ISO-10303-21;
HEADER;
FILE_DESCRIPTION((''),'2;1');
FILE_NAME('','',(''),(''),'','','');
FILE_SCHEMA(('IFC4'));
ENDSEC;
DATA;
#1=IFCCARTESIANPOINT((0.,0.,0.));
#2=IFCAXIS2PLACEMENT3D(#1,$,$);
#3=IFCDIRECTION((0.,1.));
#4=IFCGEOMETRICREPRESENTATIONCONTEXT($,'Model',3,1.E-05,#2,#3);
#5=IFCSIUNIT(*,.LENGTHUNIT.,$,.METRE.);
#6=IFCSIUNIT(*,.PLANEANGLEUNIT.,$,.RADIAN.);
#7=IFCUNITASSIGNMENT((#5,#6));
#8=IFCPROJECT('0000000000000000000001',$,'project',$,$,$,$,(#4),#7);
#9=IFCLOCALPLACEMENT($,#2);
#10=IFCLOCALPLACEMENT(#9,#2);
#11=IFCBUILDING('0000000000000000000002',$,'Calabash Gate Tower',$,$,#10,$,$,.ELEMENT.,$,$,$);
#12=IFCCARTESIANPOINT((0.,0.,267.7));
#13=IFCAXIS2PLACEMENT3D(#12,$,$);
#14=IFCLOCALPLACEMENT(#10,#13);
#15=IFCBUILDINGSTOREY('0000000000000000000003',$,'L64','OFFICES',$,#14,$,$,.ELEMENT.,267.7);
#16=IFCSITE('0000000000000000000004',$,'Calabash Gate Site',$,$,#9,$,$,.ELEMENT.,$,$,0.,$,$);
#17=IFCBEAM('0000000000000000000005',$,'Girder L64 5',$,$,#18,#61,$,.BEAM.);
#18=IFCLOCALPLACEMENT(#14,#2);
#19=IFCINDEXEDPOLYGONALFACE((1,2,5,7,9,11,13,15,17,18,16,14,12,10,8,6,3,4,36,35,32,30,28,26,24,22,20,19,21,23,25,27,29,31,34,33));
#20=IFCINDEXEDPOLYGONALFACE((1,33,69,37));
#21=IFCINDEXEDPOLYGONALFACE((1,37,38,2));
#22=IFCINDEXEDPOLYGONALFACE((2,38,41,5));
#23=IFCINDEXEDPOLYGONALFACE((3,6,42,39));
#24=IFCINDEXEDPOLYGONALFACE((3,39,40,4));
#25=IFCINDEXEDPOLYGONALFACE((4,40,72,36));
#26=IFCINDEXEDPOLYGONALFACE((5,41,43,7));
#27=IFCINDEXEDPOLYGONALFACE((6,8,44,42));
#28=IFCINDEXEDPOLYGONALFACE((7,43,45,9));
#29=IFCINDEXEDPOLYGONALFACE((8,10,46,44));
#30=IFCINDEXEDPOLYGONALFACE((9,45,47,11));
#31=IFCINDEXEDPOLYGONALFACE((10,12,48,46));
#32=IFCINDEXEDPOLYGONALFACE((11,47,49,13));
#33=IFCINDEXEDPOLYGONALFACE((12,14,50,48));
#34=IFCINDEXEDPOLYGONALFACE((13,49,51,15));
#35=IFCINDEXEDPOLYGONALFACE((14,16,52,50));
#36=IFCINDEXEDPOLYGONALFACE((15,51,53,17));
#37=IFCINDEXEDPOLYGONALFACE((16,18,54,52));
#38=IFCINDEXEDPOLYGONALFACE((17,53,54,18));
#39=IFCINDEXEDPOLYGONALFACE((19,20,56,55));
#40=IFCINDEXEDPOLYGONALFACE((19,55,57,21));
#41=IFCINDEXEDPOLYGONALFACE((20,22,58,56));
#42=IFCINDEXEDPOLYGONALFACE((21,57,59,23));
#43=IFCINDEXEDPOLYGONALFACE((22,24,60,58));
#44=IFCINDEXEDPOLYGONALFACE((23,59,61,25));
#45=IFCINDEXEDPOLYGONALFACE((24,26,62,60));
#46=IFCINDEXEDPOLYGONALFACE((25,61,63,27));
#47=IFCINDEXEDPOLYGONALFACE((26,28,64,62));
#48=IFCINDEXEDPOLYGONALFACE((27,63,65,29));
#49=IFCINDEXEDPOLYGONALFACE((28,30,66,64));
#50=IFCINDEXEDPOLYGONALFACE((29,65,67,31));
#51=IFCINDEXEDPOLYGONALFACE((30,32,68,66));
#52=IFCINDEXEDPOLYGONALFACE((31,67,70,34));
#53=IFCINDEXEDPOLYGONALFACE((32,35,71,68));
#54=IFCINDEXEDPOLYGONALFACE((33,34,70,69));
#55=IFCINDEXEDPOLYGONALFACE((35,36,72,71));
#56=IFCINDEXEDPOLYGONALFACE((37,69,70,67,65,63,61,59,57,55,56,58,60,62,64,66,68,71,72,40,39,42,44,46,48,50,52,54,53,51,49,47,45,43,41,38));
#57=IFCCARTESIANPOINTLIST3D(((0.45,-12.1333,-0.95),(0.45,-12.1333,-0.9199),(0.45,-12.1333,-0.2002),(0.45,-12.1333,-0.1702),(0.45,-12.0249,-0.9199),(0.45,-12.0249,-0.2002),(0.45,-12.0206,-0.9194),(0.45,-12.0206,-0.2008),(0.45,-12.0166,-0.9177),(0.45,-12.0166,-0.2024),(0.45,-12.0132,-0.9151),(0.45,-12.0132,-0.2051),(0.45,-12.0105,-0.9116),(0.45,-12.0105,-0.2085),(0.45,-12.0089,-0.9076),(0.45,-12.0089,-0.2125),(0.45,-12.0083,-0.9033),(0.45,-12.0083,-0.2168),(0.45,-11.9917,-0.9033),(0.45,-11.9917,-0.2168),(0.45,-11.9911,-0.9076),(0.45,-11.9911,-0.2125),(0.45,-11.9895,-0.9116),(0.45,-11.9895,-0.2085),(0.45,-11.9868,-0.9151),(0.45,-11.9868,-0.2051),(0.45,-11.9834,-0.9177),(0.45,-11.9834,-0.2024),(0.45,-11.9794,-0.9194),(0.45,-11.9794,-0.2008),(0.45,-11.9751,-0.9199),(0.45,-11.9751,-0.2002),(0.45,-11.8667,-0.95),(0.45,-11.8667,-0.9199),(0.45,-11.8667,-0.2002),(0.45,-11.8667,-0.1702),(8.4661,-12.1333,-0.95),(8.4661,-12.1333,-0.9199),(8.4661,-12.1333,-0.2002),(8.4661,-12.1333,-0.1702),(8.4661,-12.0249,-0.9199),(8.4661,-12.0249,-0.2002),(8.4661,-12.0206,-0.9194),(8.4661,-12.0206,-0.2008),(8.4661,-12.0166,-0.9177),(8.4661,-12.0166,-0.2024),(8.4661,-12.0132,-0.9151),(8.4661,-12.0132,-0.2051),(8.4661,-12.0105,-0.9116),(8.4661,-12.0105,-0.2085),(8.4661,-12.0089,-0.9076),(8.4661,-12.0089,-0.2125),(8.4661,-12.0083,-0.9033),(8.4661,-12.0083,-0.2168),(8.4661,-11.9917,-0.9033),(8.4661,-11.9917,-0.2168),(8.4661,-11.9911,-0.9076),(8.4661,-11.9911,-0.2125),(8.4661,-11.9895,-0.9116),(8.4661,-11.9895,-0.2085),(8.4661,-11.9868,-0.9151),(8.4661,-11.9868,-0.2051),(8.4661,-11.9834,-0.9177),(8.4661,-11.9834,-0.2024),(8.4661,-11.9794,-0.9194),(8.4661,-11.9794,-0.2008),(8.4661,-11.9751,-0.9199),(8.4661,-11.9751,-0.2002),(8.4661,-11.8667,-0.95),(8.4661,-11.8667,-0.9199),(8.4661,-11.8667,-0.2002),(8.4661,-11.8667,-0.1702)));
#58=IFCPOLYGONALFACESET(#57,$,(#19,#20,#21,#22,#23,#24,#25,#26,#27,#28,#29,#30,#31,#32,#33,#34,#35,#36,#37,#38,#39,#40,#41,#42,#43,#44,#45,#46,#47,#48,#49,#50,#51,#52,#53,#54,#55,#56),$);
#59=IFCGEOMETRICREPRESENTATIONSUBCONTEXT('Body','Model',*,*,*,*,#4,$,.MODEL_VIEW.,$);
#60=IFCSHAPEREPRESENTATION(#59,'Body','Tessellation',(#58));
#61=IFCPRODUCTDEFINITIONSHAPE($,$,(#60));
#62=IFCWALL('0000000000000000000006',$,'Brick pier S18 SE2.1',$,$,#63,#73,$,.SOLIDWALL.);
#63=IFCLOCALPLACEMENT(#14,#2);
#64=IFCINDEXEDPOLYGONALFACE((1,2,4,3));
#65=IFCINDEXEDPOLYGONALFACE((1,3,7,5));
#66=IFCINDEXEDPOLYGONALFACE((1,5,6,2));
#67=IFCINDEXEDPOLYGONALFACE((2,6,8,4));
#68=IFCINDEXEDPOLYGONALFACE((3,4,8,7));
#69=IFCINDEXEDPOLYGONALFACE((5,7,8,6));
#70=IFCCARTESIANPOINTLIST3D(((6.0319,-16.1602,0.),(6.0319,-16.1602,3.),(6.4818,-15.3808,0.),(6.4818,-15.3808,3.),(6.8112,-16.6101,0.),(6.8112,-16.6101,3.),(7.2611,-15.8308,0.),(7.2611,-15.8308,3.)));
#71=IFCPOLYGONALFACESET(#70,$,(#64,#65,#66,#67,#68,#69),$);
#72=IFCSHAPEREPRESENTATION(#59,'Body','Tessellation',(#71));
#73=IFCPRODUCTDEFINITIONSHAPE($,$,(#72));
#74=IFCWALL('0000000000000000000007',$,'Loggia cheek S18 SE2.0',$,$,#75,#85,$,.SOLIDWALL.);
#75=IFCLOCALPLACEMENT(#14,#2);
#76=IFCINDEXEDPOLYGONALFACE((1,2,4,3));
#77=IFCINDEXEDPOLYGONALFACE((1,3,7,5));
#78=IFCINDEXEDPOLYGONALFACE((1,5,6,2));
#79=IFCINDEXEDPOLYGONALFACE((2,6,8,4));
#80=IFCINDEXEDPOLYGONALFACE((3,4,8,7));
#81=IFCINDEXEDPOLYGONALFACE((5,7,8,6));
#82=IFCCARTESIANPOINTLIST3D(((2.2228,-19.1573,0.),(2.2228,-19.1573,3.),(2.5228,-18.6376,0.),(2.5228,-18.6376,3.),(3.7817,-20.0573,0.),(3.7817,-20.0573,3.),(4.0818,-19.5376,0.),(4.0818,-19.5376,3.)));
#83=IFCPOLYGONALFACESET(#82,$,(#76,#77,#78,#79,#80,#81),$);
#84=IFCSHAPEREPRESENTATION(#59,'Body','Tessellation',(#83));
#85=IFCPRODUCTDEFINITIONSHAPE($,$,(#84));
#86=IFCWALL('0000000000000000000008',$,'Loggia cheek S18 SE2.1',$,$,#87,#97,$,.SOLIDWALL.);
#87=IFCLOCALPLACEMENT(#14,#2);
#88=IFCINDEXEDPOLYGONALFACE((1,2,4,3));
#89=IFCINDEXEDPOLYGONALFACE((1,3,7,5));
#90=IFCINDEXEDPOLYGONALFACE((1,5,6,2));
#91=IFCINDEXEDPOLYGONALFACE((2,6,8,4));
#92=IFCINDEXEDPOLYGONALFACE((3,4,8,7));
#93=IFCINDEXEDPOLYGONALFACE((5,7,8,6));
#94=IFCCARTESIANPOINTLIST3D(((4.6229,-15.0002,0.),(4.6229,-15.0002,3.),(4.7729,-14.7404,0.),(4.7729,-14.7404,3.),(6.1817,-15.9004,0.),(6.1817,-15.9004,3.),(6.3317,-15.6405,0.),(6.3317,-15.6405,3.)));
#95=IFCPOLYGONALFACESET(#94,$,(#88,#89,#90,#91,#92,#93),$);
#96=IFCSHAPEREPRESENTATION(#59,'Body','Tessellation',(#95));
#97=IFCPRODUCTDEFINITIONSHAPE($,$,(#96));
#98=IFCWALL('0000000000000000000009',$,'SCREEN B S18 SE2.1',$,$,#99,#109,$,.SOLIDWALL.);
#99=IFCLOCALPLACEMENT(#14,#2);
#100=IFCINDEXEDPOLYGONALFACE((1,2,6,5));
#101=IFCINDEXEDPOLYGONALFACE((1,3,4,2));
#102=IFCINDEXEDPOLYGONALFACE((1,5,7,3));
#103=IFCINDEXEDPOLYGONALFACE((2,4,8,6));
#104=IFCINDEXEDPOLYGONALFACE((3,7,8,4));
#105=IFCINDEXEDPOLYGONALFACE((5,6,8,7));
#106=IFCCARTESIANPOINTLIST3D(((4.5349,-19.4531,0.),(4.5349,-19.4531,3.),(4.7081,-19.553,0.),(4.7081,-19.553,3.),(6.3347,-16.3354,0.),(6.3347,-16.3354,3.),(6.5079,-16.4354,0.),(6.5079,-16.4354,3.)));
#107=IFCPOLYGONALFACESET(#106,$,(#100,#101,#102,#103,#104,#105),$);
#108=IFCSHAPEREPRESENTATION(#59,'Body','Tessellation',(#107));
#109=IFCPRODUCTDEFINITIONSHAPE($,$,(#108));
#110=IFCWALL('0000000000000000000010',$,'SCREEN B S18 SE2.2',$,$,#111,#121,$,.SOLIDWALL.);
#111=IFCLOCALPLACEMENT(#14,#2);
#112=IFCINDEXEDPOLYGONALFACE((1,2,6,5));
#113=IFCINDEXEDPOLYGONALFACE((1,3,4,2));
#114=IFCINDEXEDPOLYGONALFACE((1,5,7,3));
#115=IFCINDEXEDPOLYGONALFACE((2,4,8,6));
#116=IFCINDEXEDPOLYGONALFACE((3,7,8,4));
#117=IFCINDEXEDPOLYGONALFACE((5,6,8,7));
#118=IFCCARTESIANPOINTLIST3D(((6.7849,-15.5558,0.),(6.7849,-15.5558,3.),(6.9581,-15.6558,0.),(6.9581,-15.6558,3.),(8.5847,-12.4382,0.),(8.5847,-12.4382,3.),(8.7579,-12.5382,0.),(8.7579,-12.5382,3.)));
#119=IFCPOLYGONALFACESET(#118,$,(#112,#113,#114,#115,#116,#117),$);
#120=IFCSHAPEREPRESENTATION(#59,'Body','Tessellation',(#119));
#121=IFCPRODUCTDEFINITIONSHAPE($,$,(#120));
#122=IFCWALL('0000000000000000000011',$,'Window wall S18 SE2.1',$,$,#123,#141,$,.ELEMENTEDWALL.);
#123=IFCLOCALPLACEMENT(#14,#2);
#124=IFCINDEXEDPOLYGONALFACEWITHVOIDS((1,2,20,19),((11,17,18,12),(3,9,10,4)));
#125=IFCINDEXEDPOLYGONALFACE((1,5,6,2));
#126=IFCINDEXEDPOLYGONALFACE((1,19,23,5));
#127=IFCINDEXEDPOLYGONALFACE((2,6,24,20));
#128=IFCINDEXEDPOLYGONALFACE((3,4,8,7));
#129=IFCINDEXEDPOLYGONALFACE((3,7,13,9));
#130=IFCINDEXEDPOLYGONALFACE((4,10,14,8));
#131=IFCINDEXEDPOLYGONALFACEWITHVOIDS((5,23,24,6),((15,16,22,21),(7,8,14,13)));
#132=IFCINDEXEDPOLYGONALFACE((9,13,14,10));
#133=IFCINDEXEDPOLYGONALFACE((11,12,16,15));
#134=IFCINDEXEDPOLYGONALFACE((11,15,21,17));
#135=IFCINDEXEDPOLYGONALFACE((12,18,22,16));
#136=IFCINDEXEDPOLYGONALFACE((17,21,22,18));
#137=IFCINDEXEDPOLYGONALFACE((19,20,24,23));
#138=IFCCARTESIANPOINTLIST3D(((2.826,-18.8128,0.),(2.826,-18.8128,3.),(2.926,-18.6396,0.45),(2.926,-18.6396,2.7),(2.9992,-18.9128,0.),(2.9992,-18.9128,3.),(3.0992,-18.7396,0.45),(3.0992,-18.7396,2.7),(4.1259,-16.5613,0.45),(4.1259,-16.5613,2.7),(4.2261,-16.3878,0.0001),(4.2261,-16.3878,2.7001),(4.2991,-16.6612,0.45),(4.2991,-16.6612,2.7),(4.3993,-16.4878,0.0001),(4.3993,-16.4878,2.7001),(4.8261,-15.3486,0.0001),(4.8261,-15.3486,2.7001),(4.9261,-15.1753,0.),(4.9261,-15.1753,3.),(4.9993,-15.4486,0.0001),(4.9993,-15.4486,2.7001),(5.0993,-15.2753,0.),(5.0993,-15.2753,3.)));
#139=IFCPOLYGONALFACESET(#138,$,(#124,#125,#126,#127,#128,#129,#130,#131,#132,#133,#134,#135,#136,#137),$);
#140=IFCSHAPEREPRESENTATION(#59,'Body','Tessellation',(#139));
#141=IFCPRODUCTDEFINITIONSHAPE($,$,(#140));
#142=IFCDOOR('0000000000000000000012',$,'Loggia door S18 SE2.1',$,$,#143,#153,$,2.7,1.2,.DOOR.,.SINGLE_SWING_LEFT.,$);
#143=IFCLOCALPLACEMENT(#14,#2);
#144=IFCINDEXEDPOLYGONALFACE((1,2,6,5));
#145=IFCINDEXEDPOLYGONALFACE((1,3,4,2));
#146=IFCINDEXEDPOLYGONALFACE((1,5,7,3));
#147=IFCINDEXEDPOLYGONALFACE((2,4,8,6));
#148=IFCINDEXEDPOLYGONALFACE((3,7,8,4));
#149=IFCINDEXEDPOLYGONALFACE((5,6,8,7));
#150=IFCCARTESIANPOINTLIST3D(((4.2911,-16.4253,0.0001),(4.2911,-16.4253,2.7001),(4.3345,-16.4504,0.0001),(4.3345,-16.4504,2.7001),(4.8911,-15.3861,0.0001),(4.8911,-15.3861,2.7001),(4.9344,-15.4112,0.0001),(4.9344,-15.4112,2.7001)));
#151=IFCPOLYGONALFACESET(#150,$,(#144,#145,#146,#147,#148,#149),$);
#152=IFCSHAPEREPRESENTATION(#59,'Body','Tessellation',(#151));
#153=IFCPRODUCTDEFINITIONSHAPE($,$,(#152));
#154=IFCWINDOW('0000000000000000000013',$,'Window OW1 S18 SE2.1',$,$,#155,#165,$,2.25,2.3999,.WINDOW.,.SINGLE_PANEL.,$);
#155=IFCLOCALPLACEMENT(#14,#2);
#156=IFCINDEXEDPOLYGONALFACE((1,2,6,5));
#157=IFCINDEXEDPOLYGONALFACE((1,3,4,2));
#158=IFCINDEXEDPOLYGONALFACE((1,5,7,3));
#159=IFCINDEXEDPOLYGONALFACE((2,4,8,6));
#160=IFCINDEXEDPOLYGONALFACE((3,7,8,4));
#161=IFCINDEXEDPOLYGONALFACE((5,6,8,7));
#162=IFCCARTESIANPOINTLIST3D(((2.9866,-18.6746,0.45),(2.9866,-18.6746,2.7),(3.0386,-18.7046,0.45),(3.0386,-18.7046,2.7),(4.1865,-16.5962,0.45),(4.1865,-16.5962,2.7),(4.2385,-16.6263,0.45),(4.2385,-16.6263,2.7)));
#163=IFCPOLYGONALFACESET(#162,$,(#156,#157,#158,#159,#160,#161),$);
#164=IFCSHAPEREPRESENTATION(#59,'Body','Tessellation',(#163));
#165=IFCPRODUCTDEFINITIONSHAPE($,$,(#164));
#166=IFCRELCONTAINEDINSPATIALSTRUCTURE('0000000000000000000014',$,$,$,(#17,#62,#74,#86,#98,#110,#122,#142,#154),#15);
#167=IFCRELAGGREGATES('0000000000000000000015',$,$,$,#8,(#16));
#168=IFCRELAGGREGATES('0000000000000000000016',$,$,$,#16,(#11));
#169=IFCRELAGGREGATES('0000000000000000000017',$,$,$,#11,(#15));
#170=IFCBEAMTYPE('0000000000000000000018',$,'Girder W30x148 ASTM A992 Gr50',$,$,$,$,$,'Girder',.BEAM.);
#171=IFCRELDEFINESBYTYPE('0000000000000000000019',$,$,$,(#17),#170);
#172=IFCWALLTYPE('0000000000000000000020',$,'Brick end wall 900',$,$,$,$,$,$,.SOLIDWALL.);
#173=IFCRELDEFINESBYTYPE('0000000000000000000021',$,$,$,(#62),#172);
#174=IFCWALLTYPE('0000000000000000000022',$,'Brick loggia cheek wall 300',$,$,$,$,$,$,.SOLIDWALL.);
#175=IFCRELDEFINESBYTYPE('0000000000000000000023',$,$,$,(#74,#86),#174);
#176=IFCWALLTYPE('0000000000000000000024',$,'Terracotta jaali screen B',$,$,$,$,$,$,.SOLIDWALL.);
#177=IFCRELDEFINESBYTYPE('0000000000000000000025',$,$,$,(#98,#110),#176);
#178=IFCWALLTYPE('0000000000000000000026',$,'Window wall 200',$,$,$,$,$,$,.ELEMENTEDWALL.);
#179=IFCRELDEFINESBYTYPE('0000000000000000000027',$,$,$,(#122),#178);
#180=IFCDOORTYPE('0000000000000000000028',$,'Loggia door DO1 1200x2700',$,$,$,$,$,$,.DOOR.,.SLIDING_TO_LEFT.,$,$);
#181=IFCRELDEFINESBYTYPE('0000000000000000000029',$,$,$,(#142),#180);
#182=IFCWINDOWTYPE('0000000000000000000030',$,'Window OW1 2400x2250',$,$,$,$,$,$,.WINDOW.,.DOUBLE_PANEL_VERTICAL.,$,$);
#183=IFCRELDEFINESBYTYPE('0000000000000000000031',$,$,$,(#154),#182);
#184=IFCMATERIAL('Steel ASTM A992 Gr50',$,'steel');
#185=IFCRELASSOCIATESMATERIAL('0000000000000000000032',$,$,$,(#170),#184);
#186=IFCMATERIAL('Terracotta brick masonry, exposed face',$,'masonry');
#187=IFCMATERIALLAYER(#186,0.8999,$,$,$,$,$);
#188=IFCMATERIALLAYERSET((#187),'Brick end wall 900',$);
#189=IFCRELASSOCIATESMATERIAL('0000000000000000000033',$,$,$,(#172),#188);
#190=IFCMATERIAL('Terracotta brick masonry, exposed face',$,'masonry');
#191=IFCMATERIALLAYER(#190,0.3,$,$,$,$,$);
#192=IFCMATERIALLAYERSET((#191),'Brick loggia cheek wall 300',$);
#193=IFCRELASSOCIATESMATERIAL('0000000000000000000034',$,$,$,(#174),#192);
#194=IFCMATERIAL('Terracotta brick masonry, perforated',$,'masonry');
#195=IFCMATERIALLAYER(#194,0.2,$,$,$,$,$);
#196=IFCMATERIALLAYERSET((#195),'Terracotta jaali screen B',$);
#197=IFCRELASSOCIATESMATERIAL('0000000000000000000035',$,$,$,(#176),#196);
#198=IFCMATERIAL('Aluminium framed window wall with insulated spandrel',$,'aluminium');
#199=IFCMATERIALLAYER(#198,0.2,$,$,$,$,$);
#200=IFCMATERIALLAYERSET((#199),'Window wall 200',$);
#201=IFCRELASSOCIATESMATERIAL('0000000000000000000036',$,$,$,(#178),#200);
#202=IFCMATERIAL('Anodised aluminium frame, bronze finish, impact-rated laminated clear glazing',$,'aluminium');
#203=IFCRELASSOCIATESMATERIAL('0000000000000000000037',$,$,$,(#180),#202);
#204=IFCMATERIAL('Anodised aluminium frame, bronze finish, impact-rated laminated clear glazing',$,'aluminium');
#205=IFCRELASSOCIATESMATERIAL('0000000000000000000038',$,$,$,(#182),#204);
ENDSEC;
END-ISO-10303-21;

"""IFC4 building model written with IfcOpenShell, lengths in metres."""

from ifc_helpers import new_model, si_unit, direction, frame, frame_2d, origin, origin_2d, place, context, subcontext, project, spatial, rectangle, i_section, extrude, material, layer, layer_set, material_profile, profile_set, type_object, element, fill, save


model = new_model("IFC4")

# Units and contexts
model_context = context("Model", 3, precision=1e-05, world=origin(), true_north=direction((0.0, 1.0)))
body_context = subcontext(model_context, "Body", "Model", "MODEL_VIEW")
ifc_project = project(units=[si_unit("LENGTHUNIT", "METRE"), si_unit("PLANEANGLEUNIT", "RADIAN")], contexts=[model_context])

# Site, building, storey
site_placement = place(None, origin())
site = spatial("IfcSite", under=ifc_project, at=site_placement, Name="Calabash Gate Site", CompositionType="ELEMENT", RefElevation=0.0)
building_placement = place(site_placement, origin())
building = spatial("IfcBuilding", under=site, at=building_placement, Name="Calabash Gate Tower", CompositionType="ELEMENT")
storey_placement = place(building_placement, frame((0.0, 0.0, 267.7)))
storey = spatial("IfcBuildingStorey", under=building, at=storey_placement, Name="L64", Description="OFFICES", CompositionType="ELEMENT", Elevation=267.7)

# Beam
ifc_material_1 = material(Name="Steel ASTM A992 Gr50", Category="steel")
ifc_material_profile_1 = material_profile(ifc_material_1, i_section(OverallWidth=0.2666, OverallDepth=0.7798, WebThickness=0.0166, FlangeThickness=0.03, FilletRadius=0.0166, at=origin_2d()))
ifc_profile_set_1 = profile_set([ifc_material_profile_1], Name="Steel ASTM A992 Gr50")
beam_type_1 = type_object("IfcBeamType", Name="Girder W30x148 ASTM A992 Gr50", ElementType="Girder", PredefinedType="BEAM", material=ifc_profile_set_1)
beam_1_placement = place(storey_placement, frame((0.45, -12.0, -0.5601), z_axis=(1.0, 0.0, 0.0), x_axis=(0.0, 1.0, 0.0)))
element("IfcBeam", 1, at=beam_1_placement, inside=storey, type_object=beam_type_1, Name="Girder L64 5", PredefinedType="BEAM", context=body_context, shape_type="SweptSolid", body=[
    extrude(i_section(OverallWidth=0.2666, OverallDepth=0.7798, WebThickness=0.0166, FlangeThickness=0.03, FilletRadius=0.0166, at=origin_2d()), origin(), (0.0, 0.0, 1.0), 8.0161),
])

# Walls
ifc_material_2 = material(Name="Terracotta brick masonry, exposed face", Category="masonry")
ifc_layer_1 = layer(ifc_material_2, 0.8999)
ifc_layer_set_1 = layer_set([ifc_layer_1], Name="Brick end wall 900")
wall_type_1 = type_object("IfcWallType", Name="Brick end wall 900", PredefinedType="SOLIDWALL", material=ifc_layer_set_1)
wall_1_placement = place(storey_placement, frame((6.2568, -15.7705, 0.0), z_axis=(0.0, 0.0, 1.0), x_axis=(0.866014, -0.50002, 0.0)))
element("IfcWall", 2, at=wall_1_placement, inside=storey, type_object=wall_type_1, Name="Brick pier S18 SE2.1", PredefinedType="SOLIDWALL", context=body_context, shape_type="SweptSolid", body=[
    extrude(rectangle(XDim=0.8999, YDim=0.8999, at=frame_2d((0.45, 0.0))), origin(), (0.0, 0.0, 1.0), 3.0),
])
ifc_material_3 = material(Name="Terracotta brick masonry, exposed face", Category="masonry")
ifc_layer_2 = layer(ifc_material_3, 0.3)
ifc_layer_set_2 = layer_set([ifc_layer_2], Name="Brick loggia cheek wall 300")
wall_type_2 = type_object("IfcWallType", Name="Brick loggia cheek wall 300", PredefinedType="SOLIDWALL", material=ifc_layer_set_2)
wall_2_placement = place(storey_placement, frame((3.9316, -19.7974, 0.0), z_axis=(0.0, 0.0, 1.0), x_axis=(-0.866048, 0.499961, 0.0)))
element("IfcWall", 3, at=wall_2_placement, inside=storey, type_object=wall_type_2, Name="Loggia cheek S18 SE2.0", PredefinedType="SOLIDWALL", context=body_context, shape_type="SweptSolid", body=[
    extrude(rectangle(XDim=1.8, YDim=0.6001, at=frame_2d((0.8999, 0.0))), origin(), (0.0, 0.0, 1.0), 3.0),
])
wall_3_placement = place(storey_placement, frame((4.698, -14.8704, 0.0), z_axis=(0.0, 0.0, 1.0), x_axis=(0.865989, -0.500063, 0.0)))
element("IfcWall", 4, at=wall_3_placement, inside=storey, type_object=wall_type_2, Name="Loggia cheek S18 SE2.1", PredefinedType="SOLIDWALL", context=body_context, shape_type="SweptSolid", body=[
    extrude(rectangle(XDim=1.8, YDim=0.3, at=frame_2d((0.8999, 0.0))), origin(), (0.0, 0.0, 1.0), 3.0),
])
ifc_material_4 = material(Name="Terracotta brick masonry, perforated", Category="masonry")
ifc_layer_3 = layer(ifc_material_4, 0.2)
ifc_layer_set_3 = layer_set([ifc_layer_3], Name="Terracotta jaali screen B")
wall_type_3 = type_object("IfcWallType", Name="Terracotta jaali screen B", PredefinedType="SOLIDWALL", material=ifc_layer_set_3)
for number, where, z_axis, x_axis, name in (
    (5, (4.6216, -19.5029, 0.0), (0.0, 0.0, 1.0), (0.499961, 0.866048, 0.0), "SCREEN B S18 SE2.1"),
    (6, (6.8716, -15.6057, 0.0), (0.0, 0.0, 1.0), (0.499961, 0.866048, 0.0), "SCREEN B S18 SE2.2"),
):
    element("IfcWall", number, at=place(storey_placement, frame(where, z_axis=z_axis, x_axis=x_axis)), inside=storey, type_object=wall_type_3, Name=name, PredefinedType="SOLIDWALL", context=body_context, shape_type="SweptSolid", body=[
        extrude(rectangle(XDim=3.5999, YDim=0.2, at=frame_2d((1.7998, 0.0))), origin(), (0.0, 0.0, 1.0), 3.0),
    ])

# Wall, openings, door, window
ifc_material_5 = material(Name="Aluminium framed window wall with insulated spandrel", Category="aluminium")
ifc_layer_4 = layer(ifc_material_5, 0.2)
ifc_layer_set_4 = layer_set([ifc_layer_4], Name="Window wall 200")
wall_type_4 = type_object("IfcWallType", Name="Window wall 200", PredefinedType="ELEMENTEDWALL", material=ifc_layer_set_4)
wall_4_placement = place(storey_placement, frame((2.9126, -18.8628, 0.0), z_axis=(0.0, 0.0, 1.0), x_axis=(0.500003, 0.866024, 0.0)))
wall_4 = element("IfcWall", 7, at=wall_4_placement, inside=storey, type_object=wall_type_4, Name="Window wall S18 SE2.1", PredefinedType="ELEMENTEDWALL", context=body_context, shape_type="SweptSolid", body=[
    extrude(rectangle(XDim=4.2002, YDim=0.2, at=frame_2d((2.1001, 0.0))), origin(), (0.0, 0.0, 1.0), 3.0),
])
opening_1_placement = place(wall_4_placement, frame((0.2, 0.0, 0.45)))
opening_1 = element("IfcOpeningElement", 8, at=opening_1_placement, cuts=wall_4, PredefinedType="OPENING", context=body_context, shape_type="SweptSolid", body=[
    extrude(rectangle(XDim=2.3999, YDim=2.25, at=frame_2d((1.2, 1.125))), frame((0.0, 0.1099, 0.0), z_axis=(0.0, -1.0, 0.0), x_axis=(1.0, 0.0, 0.0)), (0.0, 0.0, 1.0), 0.22),
])
opening_2_placement = place(wall_4_placement, frame((2.8, 0.0, 0.0)))
opening_2 = element("IfcOpeningElement", 9, at=opening_2_placement, cuts=wall_4, PredefinedType="OPENING", context=body_context, shape_type="SweptSolid", body=[
    extrude(rectangle(XDim=1.2, YDim=2.7, at=frame_2d((0.6001, 1.3501))), frame((0.0, 0.1099, 0.0), z_axis=(0.0, -1.0, 0.0), x_axis=(1.0, 0.0, 0.0)), (0.0, 0.0, 1.0), 0.22),
])
ifc_material_6 = material(Name="Anodised aluminium frame, bronze finish, impact-rated laminated clear glazing", Category="aluminium")
door_type = type_object("IfcDoorType", Name="Loggia door DO1 1200x2700", OperationType="SLIDING_TO_LEFT", PredefinedType="DOOR", material=ifc_material_6)
door_placement = place(opening_2_placement, origin())
door = element("IfcDoor", 10, at=door_placement, inside=storey, type_object=door_type, Name="Loggia door S18 SE2.1", OperationType="SINGLE_SWING_LEFT", OverallHeight=2.7, OverallWidth=1.2, PredefinedType="DOOR", context=body_context, shape_type="SweptSolid", body=[
    extrude(rectangle(XDim=1.2, YDim=2.7, at=frame_2d((0.6001, 1.3501))), frame((0.0, 0.0249, 0.0), z_axis=(0.0, -1.0, 0.0), x_axis=(1.0, 0.0, 0.0)), (0.0, 0.0, 1.0), 0.05),
])
fill(opening_2, door)
ifc_material_7 = material(Name="Anodised aluminium frame, bronze finish, impact-rated laminated clear glazing", Category="aluminium")
window_type_1 = type_object("IfcWindowType", Name="Window OW1 2400x2250", PartitioningType="DOUBLE_PANEL_VERTICAL", PredefinedType="WINDOW", material=ifc_material_7)
window_1_placement = place(opening_1_placement, origin())
window_1 = element("IfcWindow", 11, at=window_1_placement, inside=storey, type_object=window_type_1, Name="Window OW1 S18 SE2.1", OverallHeight=2.25, OverallWidth=2.3999, PartitioningType="SINGLE_PANEL", PredefinedType="WINDOW", context=body_context, shape_type="SweptSolid", body=[
    extrude(rectangle(XDim=2.3999, YDim=2.25, at=frame_2d((1.2, 1.125))), frame((0.0, 0.03, 0.0), z_axis=(0.0, -1.0, 0.0), x_axis=(1.0, 0.0, 0.0)), (0.0, 0.0, 1.0), 0.0601),
])
fill(opening_1, window_1)

save(model, "model.ifc")
